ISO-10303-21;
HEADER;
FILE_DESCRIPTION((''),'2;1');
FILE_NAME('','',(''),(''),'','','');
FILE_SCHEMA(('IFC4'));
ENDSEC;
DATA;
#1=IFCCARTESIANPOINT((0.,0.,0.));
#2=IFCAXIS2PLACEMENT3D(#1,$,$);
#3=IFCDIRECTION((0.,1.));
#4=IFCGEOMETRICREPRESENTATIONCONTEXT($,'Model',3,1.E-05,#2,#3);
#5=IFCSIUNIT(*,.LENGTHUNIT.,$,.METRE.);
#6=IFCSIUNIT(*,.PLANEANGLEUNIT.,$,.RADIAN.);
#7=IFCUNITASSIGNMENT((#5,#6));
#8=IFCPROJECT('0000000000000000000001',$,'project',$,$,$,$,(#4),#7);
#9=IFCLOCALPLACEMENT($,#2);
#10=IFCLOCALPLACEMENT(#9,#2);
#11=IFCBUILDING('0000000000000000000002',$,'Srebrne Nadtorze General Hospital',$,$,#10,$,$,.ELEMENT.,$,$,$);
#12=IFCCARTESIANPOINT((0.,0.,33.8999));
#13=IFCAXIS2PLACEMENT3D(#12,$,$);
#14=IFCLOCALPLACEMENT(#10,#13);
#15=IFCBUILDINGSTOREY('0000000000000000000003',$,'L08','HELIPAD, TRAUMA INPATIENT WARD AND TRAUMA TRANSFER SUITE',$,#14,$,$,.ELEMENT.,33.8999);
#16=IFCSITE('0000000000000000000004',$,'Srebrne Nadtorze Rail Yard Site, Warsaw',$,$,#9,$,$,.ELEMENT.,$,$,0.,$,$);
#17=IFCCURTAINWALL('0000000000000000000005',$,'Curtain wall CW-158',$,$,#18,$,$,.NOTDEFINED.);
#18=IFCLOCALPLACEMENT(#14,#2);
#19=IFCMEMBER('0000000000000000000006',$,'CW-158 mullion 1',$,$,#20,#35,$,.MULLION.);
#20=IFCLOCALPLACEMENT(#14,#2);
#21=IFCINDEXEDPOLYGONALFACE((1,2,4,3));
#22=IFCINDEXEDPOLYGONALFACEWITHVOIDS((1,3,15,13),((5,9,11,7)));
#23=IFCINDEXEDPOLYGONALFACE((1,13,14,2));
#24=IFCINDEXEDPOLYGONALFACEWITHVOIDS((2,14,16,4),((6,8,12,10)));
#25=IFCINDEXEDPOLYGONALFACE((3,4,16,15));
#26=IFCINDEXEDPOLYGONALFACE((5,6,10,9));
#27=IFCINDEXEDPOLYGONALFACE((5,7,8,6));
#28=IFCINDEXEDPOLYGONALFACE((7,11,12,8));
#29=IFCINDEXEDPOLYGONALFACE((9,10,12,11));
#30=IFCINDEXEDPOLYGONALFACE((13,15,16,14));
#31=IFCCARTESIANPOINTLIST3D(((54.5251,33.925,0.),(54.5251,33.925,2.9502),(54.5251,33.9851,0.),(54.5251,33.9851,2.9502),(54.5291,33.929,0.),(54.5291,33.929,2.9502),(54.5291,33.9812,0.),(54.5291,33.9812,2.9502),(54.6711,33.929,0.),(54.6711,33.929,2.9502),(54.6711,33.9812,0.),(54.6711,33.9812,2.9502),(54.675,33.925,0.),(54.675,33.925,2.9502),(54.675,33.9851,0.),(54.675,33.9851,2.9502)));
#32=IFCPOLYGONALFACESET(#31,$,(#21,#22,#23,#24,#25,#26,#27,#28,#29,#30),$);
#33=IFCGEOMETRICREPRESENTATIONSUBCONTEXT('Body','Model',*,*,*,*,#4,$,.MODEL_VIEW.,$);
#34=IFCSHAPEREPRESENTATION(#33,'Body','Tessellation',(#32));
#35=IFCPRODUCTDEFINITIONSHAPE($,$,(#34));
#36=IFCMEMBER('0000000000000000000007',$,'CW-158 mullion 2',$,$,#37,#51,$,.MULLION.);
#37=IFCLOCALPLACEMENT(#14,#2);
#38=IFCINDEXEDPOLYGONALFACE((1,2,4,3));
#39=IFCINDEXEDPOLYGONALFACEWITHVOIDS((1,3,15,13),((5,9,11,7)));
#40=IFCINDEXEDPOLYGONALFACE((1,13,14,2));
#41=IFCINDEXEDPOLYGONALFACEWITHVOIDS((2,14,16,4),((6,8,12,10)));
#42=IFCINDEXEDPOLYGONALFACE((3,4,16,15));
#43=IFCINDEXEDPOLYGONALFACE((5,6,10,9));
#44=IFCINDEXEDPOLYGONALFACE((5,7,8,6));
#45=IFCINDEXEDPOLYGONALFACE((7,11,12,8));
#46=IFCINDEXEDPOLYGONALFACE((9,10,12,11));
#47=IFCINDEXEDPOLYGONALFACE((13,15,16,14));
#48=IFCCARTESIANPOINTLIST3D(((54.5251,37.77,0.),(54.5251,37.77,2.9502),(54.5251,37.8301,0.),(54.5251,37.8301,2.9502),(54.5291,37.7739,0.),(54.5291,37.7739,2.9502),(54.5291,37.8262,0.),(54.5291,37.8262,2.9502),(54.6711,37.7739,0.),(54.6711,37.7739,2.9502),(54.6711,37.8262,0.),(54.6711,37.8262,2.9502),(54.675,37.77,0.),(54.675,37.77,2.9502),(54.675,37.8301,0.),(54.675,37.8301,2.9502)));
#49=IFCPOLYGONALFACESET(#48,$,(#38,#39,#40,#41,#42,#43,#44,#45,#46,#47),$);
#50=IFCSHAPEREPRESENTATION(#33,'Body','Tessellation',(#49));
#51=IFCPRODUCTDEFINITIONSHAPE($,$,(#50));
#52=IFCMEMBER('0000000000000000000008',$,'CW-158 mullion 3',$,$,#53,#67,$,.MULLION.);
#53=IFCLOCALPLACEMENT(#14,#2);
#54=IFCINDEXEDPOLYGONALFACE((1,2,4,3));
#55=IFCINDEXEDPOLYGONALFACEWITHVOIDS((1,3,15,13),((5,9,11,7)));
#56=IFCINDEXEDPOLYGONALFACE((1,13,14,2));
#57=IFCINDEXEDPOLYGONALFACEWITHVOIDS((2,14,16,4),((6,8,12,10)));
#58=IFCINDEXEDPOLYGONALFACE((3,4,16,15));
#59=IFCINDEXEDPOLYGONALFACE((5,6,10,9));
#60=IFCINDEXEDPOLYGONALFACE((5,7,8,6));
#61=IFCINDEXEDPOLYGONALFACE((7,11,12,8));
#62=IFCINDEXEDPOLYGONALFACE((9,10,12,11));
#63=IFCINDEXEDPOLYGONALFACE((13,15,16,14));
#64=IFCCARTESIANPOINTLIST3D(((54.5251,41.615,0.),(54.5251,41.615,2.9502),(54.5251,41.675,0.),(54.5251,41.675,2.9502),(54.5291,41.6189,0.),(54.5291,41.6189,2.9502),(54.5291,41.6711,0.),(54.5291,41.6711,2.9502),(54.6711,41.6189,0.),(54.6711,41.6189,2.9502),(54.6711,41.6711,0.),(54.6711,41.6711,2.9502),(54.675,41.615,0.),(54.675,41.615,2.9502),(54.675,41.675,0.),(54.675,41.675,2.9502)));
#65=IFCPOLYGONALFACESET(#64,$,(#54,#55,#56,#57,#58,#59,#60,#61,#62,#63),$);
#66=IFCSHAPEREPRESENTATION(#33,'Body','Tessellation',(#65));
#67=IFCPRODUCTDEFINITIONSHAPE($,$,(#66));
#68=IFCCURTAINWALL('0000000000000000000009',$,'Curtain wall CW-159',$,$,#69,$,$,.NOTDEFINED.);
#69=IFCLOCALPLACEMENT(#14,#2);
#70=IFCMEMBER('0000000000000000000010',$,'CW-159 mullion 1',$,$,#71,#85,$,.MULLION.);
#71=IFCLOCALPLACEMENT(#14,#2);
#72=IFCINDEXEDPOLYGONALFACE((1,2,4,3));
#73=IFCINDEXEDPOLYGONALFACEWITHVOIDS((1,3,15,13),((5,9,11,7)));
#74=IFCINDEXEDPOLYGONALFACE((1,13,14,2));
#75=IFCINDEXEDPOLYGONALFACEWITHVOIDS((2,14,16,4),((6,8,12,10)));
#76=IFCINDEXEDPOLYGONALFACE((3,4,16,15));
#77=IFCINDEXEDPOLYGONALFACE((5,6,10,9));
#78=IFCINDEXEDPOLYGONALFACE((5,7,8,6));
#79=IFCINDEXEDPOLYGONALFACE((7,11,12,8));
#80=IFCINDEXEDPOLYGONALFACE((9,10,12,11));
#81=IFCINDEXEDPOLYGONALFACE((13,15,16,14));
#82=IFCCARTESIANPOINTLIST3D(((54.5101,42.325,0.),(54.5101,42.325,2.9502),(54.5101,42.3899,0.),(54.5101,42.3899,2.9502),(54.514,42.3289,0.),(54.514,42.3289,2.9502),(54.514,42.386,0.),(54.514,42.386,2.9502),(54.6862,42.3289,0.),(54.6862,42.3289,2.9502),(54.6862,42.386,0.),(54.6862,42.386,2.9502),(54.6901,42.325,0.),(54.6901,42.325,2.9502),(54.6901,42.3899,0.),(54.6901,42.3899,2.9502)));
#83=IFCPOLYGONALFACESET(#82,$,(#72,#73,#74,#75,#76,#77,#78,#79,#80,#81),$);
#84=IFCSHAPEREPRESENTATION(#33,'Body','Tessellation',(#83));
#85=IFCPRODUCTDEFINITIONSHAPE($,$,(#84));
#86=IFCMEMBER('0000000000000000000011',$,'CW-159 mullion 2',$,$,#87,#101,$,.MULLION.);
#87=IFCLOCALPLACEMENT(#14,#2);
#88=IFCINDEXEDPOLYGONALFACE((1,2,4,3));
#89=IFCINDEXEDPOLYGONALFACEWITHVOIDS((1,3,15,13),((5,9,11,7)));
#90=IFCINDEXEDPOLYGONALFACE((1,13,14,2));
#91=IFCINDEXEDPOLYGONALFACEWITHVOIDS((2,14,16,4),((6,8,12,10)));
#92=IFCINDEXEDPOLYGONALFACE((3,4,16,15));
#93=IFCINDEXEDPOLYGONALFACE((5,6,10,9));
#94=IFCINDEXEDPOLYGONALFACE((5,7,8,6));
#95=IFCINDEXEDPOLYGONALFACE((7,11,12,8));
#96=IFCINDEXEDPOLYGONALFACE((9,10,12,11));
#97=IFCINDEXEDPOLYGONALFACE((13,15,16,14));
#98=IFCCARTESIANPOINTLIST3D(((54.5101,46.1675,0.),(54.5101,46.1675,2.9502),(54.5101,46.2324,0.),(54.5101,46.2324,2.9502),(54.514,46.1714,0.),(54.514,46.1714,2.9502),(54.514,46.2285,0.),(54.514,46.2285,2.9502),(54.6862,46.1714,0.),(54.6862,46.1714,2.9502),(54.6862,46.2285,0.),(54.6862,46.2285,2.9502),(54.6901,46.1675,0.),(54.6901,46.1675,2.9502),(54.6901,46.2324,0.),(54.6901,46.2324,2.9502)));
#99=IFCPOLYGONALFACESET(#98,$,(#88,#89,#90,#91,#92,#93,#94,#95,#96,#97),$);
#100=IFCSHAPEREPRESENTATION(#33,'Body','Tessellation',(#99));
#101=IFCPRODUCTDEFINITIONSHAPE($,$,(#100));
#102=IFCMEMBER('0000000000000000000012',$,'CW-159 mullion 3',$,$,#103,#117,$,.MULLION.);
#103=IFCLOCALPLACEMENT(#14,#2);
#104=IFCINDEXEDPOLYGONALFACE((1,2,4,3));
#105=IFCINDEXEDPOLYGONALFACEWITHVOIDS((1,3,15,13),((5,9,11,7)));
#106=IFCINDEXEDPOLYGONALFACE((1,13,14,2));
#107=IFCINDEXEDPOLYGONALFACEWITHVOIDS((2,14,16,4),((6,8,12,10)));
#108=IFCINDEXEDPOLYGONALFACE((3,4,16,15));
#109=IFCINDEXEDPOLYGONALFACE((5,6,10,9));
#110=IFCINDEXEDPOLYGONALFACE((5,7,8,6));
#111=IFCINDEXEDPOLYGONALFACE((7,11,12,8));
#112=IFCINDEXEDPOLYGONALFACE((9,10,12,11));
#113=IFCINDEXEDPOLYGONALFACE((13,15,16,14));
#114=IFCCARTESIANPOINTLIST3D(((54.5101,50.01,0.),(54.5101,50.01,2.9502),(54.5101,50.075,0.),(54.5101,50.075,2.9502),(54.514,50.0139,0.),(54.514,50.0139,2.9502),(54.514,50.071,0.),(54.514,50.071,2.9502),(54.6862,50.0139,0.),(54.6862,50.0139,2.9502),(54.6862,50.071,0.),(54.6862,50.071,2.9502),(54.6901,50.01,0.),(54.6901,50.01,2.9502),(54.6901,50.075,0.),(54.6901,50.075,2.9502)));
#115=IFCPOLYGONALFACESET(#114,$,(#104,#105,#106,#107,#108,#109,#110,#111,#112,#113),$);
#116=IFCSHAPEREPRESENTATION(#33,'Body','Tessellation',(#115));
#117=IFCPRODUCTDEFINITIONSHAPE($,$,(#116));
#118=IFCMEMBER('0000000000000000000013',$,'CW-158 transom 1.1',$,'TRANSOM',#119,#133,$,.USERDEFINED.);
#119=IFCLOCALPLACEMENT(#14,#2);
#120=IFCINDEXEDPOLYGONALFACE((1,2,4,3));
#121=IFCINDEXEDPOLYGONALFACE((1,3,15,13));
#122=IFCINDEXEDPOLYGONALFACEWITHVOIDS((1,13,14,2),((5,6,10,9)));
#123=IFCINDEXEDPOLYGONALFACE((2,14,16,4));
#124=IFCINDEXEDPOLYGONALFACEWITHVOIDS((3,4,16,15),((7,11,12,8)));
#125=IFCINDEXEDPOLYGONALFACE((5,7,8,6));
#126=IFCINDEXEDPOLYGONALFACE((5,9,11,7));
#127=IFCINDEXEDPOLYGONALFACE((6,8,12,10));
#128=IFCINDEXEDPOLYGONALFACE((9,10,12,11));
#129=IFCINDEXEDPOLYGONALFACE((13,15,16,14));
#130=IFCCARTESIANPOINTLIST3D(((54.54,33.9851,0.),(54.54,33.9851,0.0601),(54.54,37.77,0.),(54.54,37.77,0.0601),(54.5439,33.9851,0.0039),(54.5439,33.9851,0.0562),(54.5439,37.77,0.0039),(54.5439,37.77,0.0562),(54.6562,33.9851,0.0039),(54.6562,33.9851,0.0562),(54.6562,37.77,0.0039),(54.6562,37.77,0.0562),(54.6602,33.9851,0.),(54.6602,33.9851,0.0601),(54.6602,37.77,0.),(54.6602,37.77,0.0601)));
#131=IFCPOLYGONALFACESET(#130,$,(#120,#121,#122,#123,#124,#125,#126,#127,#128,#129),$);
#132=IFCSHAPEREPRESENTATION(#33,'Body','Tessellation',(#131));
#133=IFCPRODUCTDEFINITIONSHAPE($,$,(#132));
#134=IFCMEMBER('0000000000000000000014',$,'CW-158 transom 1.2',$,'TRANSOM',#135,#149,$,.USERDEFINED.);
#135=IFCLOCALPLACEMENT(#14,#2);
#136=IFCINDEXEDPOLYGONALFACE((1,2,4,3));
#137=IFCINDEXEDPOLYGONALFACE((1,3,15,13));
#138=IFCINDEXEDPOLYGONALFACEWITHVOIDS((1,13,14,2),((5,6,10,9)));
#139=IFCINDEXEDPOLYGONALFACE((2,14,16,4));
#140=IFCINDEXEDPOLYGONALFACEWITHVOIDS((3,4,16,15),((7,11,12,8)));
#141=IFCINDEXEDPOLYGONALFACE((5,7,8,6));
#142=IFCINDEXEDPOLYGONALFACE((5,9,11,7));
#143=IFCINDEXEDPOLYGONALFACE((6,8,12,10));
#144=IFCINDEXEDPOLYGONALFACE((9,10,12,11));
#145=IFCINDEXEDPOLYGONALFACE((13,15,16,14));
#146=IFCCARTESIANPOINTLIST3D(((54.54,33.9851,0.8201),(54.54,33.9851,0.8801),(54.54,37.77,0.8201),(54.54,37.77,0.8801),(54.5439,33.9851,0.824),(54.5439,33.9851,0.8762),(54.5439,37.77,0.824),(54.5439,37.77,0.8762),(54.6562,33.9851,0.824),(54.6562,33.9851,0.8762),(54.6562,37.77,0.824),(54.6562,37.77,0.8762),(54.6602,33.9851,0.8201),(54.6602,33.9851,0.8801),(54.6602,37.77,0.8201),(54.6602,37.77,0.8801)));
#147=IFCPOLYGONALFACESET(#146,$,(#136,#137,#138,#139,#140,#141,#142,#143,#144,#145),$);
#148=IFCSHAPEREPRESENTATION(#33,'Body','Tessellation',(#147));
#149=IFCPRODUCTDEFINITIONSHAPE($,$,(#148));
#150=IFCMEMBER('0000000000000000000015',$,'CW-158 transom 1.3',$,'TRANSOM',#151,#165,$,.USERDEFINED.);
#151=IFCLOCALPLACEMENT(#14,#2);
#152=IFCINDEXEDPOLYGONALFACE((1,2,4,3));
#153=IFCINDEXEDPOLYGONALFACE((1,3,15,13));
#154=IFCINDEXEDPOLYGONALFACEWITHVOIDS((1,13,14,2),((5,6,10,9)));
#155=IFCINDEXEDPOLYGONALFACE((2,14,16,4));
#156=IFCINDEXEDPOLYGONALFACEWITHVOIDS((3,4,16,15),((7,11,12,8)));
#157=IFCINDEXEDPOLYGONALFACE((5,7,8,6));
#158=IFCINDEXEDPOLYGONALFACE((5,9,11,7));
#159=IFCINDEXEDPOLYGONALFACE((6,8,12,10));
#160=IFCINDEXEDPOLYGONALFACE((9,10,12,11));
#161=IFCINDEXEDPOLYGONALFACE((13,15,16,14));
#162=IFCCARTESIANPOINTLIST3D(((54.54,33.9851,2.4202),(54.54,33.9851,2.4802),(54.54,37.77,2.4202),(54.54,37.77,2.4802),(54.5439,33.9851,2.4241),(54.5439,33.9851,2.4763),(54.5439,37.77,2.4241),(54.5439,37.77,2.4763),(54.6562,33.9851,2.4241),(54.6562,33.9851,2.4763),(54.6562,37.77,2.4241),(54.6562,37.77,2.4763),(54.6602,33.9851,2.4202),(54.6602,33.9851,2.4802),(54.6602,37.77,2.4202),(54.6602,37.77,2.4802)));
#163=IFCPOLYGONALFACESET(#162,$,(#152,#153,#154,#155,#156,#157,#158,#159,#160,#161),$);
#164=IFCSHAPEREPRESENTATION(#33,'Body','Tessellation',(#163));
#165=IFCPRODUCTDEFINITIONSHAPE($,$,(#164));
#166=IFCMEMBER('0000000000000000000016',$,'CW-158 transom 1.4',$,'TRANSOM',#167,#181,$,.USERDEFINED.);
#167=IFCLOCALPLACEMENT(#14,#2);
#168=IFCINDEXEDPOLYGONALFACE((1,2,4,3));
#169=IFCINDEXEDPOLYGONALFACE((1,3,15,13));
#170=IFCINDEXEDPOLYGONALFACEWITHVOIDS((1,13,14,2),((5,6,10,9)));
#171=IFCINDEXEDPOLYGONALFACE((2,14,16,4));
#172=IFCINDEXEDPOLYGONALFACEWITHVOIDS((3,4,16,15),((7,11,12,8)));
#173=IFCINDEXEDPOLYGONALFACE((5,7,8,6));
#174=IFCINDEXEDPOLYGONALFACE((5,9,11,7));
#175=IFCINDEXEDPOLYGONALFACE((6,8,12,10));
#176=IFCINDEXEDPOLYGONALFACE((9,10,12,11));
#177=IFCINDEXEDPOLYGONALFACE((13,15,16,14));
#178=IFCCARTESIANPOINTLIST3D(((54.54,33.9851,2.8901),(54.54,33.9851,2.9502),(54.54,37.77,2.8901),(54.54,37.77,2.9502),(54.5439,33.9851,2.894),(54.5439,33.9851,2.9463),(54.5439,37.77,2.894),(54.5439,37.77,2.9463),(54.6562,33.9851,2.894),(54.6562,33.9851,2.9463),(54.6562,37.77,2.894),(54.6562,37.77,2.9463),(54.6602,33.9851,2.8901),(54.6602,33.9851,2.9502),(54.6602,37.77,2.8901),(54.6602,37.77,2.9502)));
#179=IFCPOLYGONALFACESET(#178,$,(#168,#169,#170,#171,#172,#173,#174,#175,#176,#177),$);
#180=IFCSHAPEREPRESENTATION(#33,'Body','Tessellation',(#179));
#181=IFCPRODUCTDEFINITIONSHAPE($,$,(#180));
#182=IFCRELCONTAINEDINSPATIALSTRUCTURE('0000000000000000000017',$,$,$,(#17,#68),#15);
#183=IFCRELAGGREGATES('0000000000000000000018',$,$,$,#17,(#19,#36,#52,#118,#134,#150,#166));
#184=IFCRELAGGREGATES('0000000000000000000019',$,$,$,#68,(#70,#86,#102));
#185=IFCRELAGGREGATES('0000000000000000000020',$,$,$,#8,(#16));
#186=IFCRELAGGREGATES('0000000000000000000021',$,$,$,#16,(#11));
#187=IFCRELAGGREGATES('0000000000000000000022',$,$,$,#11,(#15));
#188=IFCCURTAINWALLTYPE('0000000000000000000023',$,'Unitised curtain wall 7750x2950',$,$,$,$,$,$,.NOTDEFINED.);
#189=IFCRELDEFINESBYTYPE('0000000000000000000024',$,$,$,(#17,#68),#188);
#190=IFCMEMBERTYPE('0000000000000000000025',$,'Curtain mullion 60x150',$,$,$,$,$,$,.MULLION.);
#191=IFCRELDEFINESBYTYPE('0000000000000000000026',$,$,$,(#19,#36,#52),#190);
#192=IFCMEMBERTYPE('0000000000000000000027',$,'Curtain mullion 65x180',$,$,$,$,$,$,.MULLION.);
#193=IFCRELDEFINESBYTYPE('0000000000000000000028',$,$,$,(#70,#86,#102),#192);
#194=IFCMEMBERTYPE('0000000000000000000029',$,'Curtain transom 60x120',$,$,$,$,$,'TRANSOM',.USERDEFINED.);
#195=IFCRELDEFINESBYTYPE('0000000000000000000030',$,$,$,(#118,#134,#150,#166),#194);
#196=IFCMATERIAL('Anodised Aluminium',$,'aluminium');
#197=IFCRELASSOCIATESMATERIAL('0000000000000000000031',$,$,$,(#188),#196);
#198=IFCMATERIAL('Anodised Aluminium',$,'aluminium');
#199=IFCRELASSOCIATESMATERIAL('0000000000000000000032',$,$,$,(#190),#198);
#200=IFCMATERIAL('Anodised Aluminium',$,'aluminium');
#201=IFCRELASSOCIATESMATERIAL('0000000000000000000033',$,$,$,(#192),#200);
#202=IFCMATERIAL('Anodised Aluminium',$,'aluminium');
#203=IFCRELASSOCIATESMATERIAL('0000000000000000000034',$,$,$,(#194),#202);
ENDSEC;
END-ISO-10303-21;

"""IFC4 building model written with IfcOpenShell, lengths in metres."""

from ifc_helpers import new_model, si_unit, direction, frame, origin, origin_2d, place, context, subcontext, project, spatial, hollow_rectangle, extrude, material, material_profile, profile_set, type_object, element, aggregate, save


model = new_model("IFC4")

# Units and contexts
model_context = context("Model", 3, precision=1e-05, world=origin(), true_north=direction((0.0, 1.0)))
body_context = subcontext(model_context, "Body", "Model", "MODEL_VIEW")
ifc_project = project(units=[si_unit("LENGTHUNIT", "METRE"), si_unit("PLANEANGLEUNIT", "RADIAN")], contexts=[model_context])

# Site, building, storey
site_placement = place(None, origin())
site = spatial("IfcSite", under=ifc_project, at=site_placement, Name="Srebrne Nadtorze Rail Yard Site, Warsaw", CompositionType="ELEMENT", RefElevation=0.0)
building_placement = place(site_placement, origin())
building = spatial("IfcBuilding", under=site, at=building_placement, Name="Srebrne Nadtorze General Hospital", CompositionType="ELEMENT")
storey_placement = place(building_placement, frame((0.0, 0.0, 33.8999)))
storey = spatial("IfcBuildingStorey", under=building, at=storey_placement, Name="L08", Description="HELIPAD, TRAUMA INPATIENT WARD AND TRAUMA TRANSFER SUITE", CompositionType="ELEMENT", Elevation=33.8999)

# Curtain walls, members
ifc_material_1 = material(Name="Anodised Aluminium", Category="aluminium")
curtain_wall_type = type_object("IfcCurtainWallType", Name="Unitised curtain wall 7750x2950", PredefinedType="NOTDEFINED", material=ifc_material_1)
curtain_wall_1_placement = place(storey_placement, origin())
curtain_wall_1 = element("IfcCurtainWall", 1, at=curtain_wall_1_placement, inside=storey, type_object=curtain_wall_type, Name="Curtain wall CW-158", PredefinedType="NOTDEFINED")
ifc_material_2 = material(Name="Anodised Aluminium", Category="aluminium")
ifc_material_profile_1 = material_profile(ifc_material_2, hollow_rectangle(XDim=0.0601, YDim=0.1499, WallThickness=0.0039, at=origin_2d()), Name="AL-MUL-60x150")
ifc_profile_set_1 = profile_set([ifc_material_profile_1], Name="Anodised Aluminium")
member_type_1 = type_object("IfcMemberType", Name="Curtain mullion 60x150", PredefinedType="MULLION", material=ifc_profile_set_1)
member_1_placement = place(storey_placement, frame((54.6001, 33.9551, 0.0), z_axis=(0.0, 0.0, 1.0), x_axis=(0.0, 1.0, 0.0)))
member_1 = element("IfcMember", 2, at=member_1_placement, type_object=member_type_1, Name="CW-158 mullion 1", PredefinedType="MULLION", context=body_context, shape_type="SweptSolid", body=[
    extrude(hollow_rectangle(XDim=0.0601, YDim=0.1499, WallThickness=0.0039, at=origin_2d()), origin(), (0.0, 0.0, 1.0), 2.9502),
])
member_2_placement = place(storey_placement, frame((54.6001, 37.8, 0.0), z_axis=(0.0, 0.0, 1.0), x_axis=(0.0, 1.0, 0.0)))
member_2 = element("IfcMember", 3, at=member_2_placement, type_object=member_type_1, Name="CW-158 mullion 2", PredefinedType="MULLION", context=body_context, shape_type="SweptSolid", body=[
    extrude(hollow_rectangle(XDim=0.0601, YDim=0.1499, WallThickness=0.0039, at=origin_2d()), origin(), (0.0, 0.0, 1.0), 2.9502),
])
member_3_placement = place(storey_placement, frame((54.6001, 41.645, 0.0), z_axis=(0.0, 0.0, 1.0), x_axis=(0.0, 1.0, 0.0)))
member_3 = element("IfcMember", 4, at=member_3_placement, type_object=member_type_1, Name="CW-158 mullion 3", PredefinedType="MULLION", context=body_context, shape_type="SweptSolid", body=[
    extrude(hollow_rectangle(XDim=0.0601, YDim=0.1499, WallThickness=0.0039, at=origin_2d()), origin(), (0.0, 0.0, 1.0), 2.9502),
])
curtain_wall_2_placement = place(storey_placement, origin())
curtain_wall_2 = element("IfcCurtainWall", 5, at=curtain_wall_2_placement, inside=storey, type_object=curtain_wall_type, Name="Curtain wall CW-159", PredefinedType="NOTDEFINED")
ifc_material_3 = material(Name="Anodised Aluminium", Category="aluminium")
ifc_material_profile_2 = material_profile(ifc_material_3, hollow_rectangle(XDim=0.0649, YDim=0.1799, WallThickness=0.0039, at=origin_2d()), Name="AL-MUL-65x180")
ifc_profile_set_2 = profile_set([ifc_material_profile_2], Name="Anodised Aluminium")
member_type_2 = type_object("IfcMemberType", Name="Curtain mullion 65x180", PredefinedType="MULLION", material=ifc_profile_set_2)
member_4_placement = place(storey_placement, frame((54.6001, 42.3574, 0.0), z_axis=(0.0, 0.0, 1.0), x_axis=(0.0, 1.0, 0.0)))
member_4 = element("IfcMember", 6, at=member_4_placement, type_object=member_type_2, Name="CW-159 mullion 1", PredefinedType="MULLION", context=body_context, shape_type="SweptSolid", body=[
    extrude(hollow_rectangle(XDim=0.0649, YDim=0.1799, WallThickness=0.0039, at=origin_2d()), origin(), (0.0, 0.0, 1.0), 2.9502),
])
member_5_placement = place(storey_placement, frame((54.6001, 46.2, 0.0), z_axis=(0.0, 0.0, 1.0), x_axis=(0.0, 1.0, 0.0)))
member_5 = element("IfcMember", 7, at=member_5_placement, type_object=member_type_2, Name="CW-159 mullion 2", PredefinedType="MULLION", context=body_context, shape_type="SweptSolid", body=[
    extrude(hollow_rectangle(XDim=0.0649, YDim=0.1799, WallThickness=0.0039, at=origin_2d()), origin(), (0.0, 0.0, 1.0), 2.9502),
])
member_6_placement = place(storey_placement, frame((54.6001, 50.0425, 0.0), z_axis=(0.0, 0.0, 1.0), x_axis=(0.0, 1.0, 0.0)))
member_6 = element("IfcMember", 8, at=member_6_placement, type_object=member_type_2, Name="CW-159 mullion 3", PredefinedType="MULLION", context=body_context, shape_type="SweptSolid", body=[
    extrude(hollow_rectangle(XDim=0.0649, YDim=0.1799, WallThickness=0.0039, at=origin_2d()), origin(), (0.0, 0.0, 1.0), 2.9502),
])

# Members
ifc_material_4 = material(Name="Anodised Aluminium", Category="aluminium")
ifc_material_profile_3 = material_profile(ifc_material_4, hollow_rectangle(XDim=0.0601, YDim=0.1201, WallThickness=0.0039, at=origin_2d()), Name="AL-TRN-60x120")
ifc_profile_set_3 = profile_set([ifc_material_profile_3], Name="Anodised Aluminium")
member_type_3 = type_object("IfcMemberType", Name="Curtain transom 60x120", ElementType="TRANSOM", PredefinedType="USERDEFINED", material=ifc_profile_set_3)
member_7_placement = place(storey_placement, frame((54.6001, 33.9851, 0.03), z_axis=(0.0, 1.0, 0.0), x_axis=(0.0, 0.0, 1.0)))
member_7 = element("IfcMember", 9, at=member_7_placement, type_object=member_type_3, Name="CW-158 transom 1.1", ObjectType="TRANSOM", PredefinedType="USERDEFINED", context=body_context, shape_type="SweptSolid", body=[
    extrude(hollow_rectangle(XDim=0.0601, YDim=0.1201, WallThickness=0.0039, at=origin_2d()), origin(), (0.0, 0.0, 1.0), 3.7849),
])
member_8_placement = place(storey_placement, frame((54.6001, 33.9851, 0.8501), z_axis=(0.0, 1.0, 0.0), x_axis=(0.0, 0.0, 1.0)))
member_8 = element("IfcMember", 10, at=member_8_placement, type_object=member_type_3, Name="CW-158 transom 1.2", ObjectType="TRANSOM", PredefinedType="USERDEFINED", context=body_context, shape_type="SweptSolid", body=[
    extrude(hollow_rectangle(XDim=0.0601, YDim=0.1201, WallThickness=0.0039, at=origin_2d()), origin(), (0.0, 0.0, 1.0), 3.7849),
])
member_9_placement = place(storey_placement, frame((54.6001, 33.9851, 2.4502), z_axis=(0.0, 1.0, 0.0), x_axis=(0.0, 0.0, 1.0)))
member_9 = element("IfcMember", 11, at=member_9_placement, type_object=member_type_3, Name="CW-158 transom 1.3", ObjectType="TRANSOM", PredefinedType="USERDEFINED", context=body_context, shape_type="SweptSolid", body=[
    extrude(hollow_rectangle(XDim=0.0601, YDim=0.1201, WallThickness=0.0039, at=origin_2d()), origin(), (0.0, 0.0, 1.0), 3.7849),
])
member_10_placement = place(storey_placement, frame((54.6001, 33.9851, 2.9202), z_axis=(0.0, 1.0, 0.0), x_axis=(0.0, 0.0, 1.0)))
member_10 = element("IfcMember", 12, at=member_10_placement, type_object=member_type_3, Name="CW-158 transom 1.4", ObjectType="TRANSOM", PredefinedType="USERDEFINED", context=body_context, shape_type="SweptSolid", body=[
    extrude(hollow_rectangle(XDim=0.0601, YDim=0.1201, WallThickness=0.0039, at=origin_2d()), origin(), (0.0, 0.0, 1.0), 3.7849),
])

aggregate(curtain_wall_1, [member_1, member_2, member_3, member_7, member_8, member_9, member_10])
aggregate(curtain_wall_2, [member_4, member_5, member_6])

save(model, "model.ifc")
